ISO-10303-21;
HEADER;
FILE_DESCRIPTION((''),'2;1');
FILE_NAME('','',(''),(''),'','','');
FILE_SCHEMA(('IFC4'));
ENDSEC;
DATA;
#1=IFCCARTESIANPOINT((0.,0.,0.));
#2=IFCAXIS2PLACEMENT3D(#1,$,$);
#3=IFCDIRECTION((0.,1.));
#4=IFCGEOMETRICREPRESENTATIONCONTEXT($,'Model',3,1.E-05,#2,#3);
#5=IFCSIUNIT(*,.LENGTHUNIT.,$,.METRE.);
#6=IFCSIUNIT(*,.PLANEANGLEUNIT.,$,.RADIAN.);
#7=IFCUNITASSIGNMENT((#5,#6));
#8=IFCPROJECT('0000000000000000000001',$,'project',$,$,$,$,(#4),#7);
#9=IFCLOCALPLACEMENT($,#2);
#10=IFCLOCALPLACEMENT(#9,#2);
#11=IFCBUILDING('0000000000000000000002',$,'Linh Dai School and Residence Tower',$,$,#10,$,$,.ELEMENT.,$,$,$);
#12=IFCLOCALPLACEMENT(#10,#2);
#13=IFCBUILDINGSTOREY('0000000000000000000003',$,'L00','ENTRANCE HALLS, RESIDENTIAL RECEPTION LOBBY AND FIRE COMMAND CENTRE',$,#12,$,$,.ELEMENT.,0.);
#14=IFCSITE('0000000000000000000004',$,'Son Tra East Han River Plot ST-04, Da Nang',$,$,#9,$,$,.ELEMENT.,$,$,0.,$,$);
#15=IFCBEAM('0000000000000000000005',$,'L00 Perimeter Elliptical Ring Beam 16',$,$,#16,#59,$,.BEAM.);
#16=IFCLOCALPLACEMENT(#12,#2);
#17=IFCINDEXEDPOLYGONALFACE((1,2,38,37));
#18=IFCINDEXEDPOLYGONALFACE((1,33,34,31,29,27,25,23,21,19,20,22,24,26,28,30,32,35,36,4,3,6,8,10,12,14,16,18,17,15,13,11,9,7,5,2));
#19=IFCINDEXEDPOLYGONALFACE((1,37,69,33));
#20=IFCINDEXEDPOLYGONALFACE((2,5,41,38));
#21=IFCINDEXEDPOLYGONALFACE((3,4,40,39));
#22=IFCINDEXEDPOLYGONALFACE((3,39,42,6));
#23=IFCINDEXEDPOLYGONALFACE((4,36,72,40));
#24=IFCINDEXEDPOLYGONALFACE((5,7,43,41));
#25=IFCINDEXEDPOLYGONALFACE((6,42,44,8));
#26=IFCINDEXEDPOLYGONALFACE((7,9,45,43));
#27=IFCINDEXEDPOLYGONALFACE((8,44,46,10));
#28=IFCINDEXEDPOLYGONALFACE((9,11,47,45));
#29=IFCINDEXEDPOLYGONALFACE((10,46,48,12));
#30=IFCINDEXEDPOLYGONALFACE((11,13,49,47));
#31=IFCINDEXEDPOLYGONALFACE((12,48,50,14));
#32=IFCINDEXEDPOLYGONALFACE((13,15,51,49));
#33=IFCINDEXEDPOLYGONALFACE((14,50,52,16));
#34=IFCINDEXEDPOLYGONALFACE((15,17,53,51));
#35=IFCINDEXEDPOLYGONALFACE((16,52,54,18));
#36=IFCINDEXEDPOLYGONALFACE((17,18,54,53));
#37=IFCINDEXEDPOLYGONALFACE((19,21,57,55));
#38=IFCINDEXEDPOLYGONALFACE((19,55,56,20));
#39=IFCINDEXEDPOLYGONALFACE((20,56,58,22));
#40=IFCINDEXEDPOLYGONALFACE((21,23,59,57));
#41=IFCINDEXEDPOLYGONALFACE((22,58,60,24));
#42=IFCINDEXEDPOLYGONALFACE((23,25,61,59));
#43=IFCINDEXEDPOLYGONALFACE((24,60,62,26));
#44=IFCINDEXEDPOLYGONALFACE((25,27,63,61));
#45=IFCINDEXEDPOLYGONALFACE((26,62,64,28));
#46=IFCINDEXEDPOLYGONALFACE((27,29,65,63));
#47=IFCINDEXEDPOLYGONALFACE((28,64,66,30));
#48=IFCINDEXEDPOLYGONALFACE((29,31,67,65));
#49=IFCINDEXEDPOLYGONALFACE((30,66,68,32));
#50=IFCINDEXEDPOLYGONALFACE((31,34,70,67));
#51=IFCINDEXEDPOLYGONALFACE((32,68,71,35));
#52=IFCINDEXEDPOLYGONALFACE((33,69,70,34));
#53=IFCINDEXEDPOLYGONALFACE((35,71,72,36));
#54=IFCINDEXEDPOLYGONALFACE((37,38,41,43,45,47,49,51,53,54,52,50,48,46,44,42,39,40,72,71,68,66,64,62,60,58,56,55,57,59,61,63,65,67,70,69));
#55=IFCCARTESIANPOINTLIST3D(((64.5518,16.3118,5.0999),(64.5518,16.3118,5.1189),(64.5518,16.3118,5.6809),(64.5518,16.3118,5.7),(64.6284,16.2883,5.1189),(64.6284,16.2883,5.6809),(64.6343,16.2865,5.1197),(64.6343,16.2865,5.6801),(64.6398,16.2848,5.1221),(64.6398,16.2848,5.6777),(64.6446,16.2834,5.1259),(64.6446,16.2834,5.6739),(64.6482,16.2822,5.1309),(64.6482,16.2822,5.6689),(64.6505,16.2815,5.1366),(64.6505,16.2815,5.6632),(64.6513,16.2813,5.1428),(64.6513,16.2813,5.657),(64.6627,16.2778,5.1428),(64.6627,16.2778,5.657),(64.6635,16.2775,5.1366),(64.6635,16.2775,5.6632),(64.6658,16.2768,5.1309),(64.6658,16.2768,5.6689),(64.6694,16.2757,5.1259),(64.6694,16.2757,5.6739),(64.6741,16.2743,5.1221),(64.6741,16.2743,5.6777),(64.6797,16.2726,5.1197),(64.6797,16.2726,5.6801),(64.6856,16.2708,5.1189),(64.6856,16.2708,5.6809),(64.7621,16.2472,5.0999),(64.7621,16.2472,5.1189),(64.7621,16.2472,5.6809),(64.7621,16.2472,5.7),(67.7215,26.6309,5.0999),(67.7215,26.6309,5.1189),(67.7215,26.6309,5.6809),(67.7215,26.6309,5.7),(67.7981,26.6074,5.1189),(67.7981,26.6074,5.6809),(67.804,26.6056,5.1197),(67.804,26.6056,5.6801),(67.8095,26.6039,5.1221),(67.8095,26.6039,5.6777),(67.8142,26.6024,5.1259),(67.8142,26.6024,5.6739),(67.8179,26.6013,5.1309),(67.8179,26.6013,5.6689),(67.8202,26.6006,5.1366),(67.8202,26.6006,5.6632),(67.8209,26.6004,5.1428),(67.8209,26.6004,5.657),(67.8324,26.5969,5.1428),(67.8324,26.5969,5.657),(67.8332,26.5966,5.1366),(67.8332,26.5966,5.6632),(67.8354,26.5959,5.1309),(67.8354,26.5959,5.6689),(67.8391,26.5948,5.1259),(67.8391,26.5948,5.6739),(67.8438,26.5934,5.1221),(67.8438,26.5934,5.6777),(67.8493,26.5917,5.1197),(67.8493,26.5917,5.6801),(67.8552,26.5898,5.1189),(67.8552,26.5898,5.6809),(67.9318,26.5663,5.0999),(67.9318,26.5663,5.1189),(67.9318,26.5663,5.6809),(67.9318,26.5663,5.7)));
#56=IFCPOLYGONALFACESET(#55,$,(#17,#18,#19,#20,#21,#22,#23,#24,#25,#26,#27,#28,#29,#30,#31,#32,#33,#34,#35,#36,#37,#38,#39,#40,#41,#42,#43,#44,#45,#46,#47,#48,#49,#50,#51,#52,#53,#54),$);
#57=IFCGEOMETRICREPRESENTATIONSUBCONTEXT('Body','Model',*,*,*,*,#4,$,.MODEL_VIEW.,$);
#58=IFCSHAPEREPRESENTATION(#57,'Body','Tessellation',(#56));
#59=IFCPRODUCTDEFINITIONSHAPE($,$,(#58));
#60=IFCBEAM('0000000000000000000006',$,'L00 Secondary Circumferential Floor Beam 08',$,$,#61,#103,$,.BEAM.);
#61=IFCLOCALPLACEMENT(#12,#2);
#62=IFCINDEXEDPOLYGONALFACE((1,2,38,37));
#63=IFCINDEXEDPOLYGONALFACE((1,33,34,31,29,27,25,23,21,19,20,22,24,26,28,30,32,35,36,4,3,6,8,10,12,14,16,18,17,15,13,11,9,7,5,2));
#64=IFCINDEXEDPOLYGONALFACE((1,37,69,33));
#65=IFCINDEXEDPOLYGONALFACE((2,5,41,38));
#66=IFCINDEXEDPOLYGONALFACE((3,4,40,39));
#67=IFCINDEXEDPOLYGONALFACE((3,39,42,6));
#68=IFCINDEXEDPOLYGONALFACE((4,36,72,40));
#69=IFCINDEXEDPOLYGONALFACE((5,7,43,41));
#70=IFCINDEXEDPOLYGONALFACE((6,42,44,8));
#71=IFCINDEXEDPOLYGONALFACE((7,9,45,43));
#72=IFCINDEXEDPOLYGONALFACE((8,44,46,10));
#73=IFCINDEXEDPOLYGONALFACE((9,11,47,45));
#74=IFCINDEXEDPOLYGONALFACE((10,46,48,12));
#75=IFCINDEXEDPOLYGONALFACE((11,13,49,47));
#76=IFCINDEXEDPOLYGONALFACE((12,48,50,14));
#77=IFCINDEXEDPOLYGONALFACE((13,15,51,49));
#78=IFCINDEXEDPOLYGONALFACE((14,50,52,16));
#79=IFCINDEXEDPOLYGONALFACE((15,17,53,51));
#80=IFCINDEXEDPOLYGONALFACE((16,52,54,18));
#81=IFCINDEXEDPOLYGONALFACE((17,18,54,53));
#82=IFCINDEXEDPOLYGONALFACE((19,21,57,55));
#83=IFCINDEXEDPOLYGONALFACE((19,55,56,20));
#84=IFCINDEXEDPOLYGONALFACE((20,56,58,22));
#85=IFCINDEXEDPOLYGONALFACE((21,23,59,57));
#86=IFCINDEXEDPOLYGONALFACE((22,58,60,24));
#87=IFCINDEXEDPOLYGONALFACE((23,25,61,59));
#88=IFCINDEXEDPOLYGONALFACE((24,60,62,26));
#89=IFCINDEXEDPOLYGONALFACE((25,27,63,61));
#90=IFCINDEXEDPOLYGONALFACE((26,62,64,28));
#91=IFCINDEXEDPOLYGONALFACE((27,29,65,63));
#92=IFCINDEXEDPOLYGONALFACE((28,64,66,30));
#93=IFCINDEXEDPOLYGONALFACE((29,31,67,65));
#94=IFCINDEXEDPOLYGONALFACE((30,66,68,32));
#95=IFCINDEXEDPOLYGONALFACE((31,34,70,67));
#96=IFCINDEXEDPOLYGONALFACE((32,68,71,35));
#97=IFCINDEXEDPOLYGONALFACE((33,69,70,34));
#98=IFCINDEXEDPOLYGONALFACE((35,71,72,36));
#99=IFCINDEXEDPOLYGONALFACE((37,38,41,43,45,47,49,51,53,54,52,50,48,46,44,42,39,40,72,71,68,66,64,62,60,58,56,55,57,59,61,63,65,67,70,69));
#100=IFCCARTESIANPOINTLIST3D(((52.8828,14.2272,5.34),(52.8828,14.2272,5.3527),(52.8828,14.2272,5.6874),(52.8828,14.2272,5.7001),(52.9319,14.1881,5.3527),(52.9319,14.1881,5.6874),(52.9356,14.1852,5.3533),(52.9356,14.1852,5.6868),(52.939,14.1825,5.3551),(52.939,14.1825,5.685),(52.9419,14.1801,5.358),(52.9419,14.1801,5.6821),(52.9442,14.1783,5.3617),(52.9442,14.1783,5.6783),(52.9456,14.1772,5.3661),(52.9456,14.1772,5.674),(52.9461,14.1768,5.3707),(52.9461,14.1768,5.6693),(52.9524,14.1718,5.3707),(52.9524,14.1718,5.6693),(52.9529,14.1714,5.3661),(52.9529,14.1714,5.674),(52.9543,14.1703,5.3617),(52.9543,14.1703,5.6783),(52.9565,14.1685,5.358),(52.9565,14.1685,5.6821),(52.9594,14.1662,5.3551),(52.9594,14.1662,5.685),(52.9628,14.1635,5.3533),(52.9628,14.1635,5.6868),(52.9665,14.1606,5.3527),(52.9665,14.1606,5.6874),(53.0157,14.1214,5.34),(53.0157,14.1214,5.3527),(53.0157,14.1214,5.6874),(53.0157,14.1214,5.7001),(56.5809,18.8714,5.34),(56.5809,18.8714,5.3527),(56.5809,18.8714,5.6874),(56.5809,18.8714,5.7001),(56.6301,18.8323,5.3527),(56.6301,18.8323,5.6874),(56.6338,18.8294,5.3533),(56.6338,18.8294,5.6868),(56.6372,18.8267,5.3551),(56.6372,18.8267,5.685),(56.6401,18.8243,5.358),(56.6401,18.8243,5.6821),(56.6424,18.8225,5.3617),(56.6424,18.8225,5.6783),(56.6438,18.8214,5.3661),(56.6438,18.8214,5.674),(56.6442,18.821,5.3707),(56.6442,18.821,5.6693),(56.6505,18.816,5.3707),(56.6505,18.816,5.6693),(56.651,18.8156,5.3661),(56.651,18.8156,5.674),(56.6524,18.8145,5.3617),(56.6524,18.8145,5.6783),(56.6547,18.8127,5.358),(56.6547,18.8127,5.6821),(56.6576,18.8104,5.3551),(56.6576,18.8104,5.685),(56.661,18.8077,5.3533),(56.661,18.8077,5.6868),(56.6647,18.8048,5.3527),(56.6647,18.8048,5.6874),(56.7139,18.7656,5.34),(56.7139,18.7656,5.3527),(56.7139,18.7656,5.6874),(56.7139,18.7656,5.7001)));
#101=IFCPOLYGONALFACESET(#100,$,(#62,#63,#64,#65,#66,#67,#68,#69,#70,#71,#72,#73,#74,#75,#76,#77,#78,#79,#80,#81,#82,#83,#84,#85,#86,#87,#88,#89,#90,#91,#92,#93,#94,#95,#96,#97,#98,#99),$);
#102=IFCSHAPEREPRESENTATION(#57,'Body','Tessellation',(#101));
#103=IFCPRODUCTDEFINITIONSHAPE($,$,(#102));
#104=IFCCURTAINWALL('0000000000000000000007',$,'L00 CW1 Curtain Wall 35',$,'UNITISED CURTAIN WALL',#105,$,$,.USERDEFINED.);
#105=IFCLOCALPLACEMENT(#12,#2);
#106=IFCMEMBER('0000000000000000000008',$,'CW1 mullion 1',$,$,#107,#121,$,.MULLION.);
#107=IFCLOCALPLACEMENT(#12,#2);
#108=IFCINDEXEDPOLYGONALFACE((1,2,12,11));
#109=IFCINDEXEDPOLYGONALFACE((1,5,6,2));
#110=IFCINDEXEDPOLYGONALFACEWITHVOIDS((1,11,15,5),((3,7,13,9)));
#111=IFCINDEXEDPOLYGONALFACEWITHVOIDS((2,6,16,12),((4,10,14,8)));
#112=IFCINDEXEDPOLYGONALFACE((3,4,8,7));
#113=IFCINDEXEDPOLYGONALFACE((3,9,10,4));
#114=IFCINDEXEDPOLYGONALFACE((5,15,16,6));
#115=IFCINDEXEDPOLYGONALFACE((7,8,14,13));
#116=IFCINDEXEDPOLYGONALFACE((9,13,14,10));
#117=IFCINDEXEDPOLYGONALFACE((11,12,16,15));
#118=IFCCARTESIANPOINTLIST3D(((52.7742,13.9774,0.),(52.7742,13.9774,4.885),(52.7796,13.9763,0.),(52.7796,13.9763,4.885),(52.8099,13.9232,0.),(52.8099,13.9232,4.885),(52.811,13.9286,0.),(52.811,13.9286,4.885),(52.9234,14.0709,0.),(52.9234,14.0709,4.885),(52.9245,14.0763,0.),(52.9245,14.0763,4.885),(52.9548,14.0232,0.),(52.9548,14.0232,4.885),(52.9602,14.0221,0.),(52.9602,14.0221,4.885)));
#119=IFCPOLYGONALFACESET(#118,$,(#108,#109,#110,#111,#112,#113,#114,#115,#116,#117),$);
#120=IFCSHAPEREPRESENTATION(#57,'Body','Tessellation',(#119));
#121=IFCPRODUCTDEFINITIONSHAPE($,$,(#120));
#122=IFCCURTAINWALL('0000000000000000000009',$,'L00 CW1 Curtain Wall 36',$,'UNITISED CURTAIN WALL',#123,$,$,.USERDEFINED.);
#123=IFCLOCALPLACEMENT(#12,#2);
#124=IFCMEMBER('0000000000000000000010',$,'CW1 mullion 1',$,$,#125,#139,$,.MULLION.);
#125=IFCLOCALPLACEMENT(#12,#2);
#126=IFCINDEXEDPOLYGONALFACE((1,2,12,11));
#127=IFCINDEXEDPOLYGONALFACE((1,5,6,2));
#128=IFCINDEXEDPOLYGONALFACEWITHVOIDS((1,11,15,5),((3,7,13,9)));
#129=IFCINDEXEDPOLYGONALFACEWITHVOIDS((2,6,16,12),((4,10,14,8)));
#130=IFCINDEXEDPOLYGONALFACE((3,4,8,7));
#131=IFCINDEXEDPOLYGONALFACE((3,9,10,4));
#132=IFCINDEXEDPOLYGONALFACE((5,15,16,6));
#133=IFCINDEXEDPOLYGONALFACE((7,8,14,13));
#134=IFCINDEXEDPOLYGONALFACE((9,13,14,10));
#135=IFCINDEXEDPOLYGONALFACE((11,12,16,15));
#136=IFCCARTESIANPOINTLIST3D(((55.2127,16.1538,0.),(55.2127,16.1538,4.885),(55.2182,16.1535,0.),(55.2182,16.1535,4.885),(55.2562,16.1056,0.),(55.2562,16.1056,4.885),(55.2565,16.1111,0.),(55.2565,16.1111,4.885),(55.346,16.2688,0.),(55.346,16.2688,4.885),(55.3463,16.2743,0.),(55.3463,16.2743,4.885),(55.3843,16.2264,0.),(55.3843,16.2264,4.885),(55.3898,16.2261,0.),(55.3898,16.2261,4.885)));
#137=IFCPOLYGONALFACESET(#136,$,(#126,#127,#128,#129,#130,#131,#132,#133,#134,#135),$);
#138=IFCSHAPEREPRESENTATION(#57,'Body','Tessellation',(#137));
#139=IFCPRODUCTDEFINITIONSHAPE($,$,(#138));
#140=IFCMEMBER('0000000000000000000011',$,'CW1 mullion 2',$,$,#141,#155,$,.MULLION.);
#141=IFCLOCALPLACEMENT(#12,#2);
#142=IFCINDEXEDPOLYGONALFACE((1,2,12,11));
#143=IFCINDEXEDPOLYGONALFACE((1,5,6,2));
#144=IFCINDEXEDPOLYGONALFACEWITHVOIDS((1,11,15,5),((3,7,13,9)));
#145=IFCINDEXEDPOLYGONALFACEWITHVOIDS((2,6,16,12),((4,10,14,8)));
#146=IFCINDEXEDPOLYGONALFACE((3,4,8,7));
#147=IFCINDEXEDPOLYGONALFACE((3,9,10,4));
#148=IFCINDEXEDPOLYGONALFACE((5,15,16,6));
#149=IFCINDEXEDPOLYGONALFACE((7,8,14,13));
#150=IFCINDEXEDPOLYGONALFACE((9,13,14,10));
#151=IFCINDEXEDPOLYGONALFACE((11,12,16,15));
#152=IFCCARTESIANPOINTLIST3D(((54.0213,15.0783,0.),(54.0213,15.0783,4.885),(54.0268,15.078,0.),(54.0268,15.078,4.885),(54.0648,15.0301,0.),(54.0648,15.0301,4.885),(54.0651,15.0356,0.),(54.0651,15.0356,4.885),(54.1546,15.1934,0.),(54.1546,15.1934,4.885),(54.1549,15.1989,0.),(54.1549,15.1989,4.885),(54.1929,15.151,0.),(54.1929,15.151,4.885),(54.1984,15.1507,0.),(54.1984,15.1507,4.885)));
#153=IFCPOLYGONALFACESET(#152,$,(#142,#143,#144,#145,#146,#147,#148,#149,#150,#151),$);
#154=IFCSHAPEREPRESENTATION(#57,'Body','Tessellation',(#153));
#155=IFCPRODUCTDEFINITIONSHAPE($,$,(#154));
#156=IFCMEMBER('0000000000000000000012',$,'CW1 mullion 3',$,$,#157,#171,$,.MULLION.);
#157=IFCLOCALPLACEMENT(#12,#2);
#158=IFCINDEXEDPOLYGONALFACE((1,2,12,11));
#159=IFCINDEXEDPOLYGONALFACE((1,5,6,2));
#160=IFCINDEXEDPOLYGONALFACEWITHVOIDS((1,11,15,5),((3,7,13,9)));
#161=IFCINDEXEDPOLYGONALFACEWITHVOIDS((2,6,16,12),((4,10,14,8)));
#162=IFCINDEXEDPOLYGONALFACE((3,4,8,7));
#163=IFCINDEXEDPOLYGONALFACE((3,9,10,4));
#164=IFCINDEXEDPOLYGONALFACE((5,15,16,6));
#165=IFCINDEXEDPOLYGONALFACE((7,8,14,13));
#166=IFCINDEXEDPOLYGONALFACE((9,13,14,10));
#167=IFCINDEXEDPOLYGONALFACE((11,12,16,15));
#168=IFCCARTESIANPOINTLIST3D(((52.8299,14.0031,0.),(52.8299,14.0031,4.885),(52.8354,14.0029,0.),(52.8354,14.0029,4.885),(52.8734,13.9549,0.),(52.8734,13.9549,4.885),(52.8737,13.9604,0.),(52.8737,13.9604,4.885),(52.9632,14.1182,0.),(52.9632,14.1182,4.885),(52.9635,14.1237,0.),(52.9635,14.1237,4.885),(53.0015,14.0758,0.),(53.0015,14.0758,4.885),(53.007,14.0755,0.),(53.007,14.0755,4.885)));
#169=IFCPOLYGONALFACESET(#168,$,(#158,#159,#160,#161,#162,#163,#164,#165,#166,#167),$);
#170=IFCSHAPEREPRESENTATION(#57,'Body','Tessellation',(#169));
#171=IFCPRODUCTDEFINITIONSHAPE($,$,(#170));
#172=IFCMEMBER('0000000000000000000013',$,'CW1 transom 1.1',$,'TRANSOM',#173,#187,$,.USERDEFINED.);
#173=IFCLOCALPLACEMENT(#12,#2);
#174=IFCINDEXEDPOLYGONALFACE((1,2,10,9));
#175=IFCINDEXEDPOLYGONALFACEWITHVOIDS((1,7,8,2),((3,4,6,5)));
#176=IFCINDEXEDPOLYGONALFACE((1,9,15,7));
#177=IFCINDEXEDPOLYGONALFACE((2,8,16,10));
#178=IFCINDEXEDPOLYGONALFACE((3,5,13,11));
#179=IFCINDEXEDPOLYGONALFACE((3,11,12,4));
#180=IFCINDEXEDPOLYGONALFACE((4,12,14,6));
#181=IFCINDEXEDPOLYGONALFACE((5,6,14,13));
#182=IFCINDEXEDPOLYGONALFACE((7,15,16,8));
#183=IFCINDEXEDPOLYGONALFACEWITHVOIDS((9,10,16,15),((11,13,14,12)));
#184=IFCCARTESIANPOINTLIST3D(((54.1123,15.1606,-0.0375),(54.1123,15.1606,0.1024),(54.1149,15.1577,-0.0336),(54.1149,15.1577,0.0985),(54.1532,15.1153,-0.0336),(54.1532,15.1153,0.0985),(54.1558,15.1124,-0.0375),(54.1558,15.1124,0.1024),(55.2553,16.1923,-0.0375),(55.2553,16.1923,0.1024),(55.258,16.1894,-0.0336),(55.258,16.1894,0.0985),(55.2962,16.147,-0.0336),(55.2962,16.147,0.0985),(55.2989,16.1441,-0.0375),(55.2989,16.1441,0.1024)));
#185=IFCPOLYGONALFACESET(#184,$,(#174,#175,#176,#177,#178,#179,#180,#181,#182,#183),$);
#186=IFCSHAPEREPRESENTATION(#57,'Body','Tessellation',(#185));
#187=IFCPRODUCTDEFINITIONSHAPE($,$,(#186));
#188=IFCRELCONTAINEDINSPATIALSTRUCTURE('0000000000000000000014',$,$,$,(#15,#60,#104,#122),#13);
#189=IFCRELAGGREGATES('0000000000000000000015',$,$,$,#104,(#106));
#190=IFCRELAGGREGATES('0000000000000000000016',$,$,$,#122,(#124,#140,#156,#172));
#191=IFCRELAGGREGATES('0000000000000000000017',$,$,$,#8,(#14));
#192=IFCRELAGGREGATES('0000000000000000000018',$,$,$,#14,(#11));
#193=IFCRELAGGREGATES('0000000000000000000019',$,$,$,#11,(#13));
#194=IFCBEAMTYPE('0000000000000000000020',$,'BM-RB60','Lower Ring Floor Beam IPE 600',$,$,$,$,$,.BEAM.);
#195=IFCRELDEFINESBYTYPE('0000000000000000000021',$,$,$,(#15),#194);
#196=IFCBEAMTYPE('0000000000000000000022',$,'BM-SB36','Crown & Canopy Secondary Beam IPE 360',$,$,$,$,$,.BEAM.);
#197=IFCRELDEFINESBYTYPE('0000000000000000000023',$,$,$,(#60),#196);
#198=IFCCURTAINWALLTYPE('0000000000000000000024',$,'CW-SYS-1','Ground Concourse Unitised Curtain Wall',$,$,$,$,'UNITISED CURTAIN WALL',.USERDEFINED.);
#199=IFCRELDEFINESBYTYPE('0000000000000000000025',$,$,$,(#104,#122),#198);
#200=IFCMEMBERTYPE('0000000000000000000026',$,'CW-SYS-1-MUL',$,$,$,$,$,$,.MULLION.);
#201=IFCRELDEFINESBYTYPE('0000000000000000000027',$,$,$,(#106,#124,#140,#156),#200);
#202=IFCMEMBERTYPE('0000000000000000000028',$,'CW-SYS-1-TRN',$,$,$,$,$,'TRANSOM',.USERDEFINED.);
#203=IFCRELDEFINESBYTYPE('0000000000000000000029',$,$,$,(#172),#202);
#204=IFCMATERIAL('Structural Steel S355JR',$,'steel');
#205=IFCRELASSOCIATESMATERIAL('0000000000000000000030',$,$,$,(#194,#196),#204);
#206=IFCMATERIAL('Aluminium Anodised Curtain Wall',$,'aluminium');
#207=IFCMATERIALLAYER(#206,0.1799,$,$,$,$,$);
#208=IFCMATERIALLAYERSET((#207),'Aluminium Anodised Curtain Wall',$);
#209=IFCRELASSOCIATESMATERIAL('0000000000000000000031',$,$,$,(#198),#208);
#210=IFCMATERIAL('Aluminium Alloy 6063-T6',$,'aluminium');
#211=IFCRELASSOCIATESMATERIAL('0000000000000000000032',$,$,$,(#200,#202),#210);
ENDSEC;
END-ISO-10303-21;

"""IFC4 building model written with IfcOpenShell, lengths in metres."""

from ifc_helpers import new_model, si_unit, direction, frame, origin, origin_2d, place, context, subcontext, project, spatial, hollow_rectangle, i_section, extrude, source, transform, mapped, material, layer, layer_set, material_profile, profile_set, type_object, element, aggregate, save


model = new_model("IFC4")

# Units and contexts
model_context = context("Model", 3, precision=1e-05, world=origin(), true_north=direction((0.0, 1.0)))
body_context = subcontext(model_context, "Body", "Model", "MODEL_VIEW")
ifc_project = project(units=[si_unit("LENGTHUNIT", "METRE"), si_unit("PLANEANGLEUNIT", "RADIAN")], contexts=[model_context])

# Site, building, storey
site_placement = place(None, origin())
site = spatial("IfcSite", under=ifc_project, at=site_placement, Name="Son Tra East Han River Plot ST-04, Da Nang", CompositionType="ELEMENT", RefElevation=0.0)
building_placement = place(site_placement, origin())
building = spatial("IfcBuilding", under=site, at=building_placement, Name="Linh Dai School and Residence Tower", CompositionType="ELEMENT")
storey_placement = place(building_placement, origin())
storey = spatial("IfcBuildingStorey", under=building, at=storey_placement, Name="L00", Description="ENTRANCE HALLS, RESIDENTIAL RECEPTION LOBBY AND FIRE COMMAND CENTRE", CompositionType="ELEMENT", Elevation=0.0)

# Shared definitions
ifc_material_1 = material(Name="Structural Steel S355JR", Category="steel")

# Beams
ifc_material_profile_1 = material_profile(ifc_material_1, i_section(OverallWidth=0.22, OverallDepth=0.6001, WebThickness=0.012, FlangeThickness=0.019, FilletRadius=0.0239, at=origin_2d()), Name="IPE 600")
ifc_profile_set_1 = profile_set([ifc_material_profile_1], Name="Structural Steel S355JR")
beam_type_1 = type_object("IfcBeamType", Name="BM-RB60", Description="Lower Ring Floor Beam IPE 600", PredefinedType="BEAM", material=ifc_profile_set_1)
beam_1_placement = place(storey_placement, frame((64.657, 16.2795, 5.3999), z_axis=(0.293627, 0.95592, 0.0), x_axis=(-0.95592, 0.293627, 0.0)))
element("IfcBeam", 1, at=beam_1_placement, inside=storey, type_object=beam_type_1, Name="L00 Perimeter Elliptical Ring Beam 16", PredefinedType="BEAM", context=body_context, shape_type="SweptSolid", body=[
    extrude(i_section(OverallWidth=0.22, OverallDepth=0.6001, WebThickness=0.012, FlangeThickness=0.019, FilletRadius=0.0239, at=origin_2d()), origin(), (0.0, 0.0, 1.0), 10.7949),
])
ifc_material_profile_2 = material_profile(ifc_material_1, i_section(OverallWidth=0.1699, OverallDepth=0.3601, WebThickness=0.0081, FlangeThickness=0.0127, FilletRadius=0.0181, at=origin_2d()), Name="IPE 360")
ifc_profile_set_2 = profile_set([ifc_material_profile_2], Name="Structural Steel S355JR")
beam_type_2 = type_object("IfcBeamType", Name="BM-SB36", Description="Crown & Canopy Secondary Beam IPE 360", PredefinedType="BEAM", material=ifc_profile_set_2)
beam_2_placement = place(storey_placement, frame((52.9492, 14.1743, 5.52), z_axis=(0.622928, 0.782279, 0.0), x_axis=(-0.782279, 0.622928, 0.0)))
element("IfcBeam", 2, at=beam_2_placement, inside=storey, type_object=beam_type_2, Name="L00 Secondary Circumferential Floor Beam 08", PredefinedType="BEAM", context=body_context, shape_type="SweptSolid", body=[
    extrude(i_section(OverallWidth=0.1699, OverallDepth=0.3601, WebThickness=0.0081, FlangeThickness=0.0127, FilletRadius=0.0181, at=origin_2d()), origin(), (0.0, 0.0, 1.0), 5.9368),
])

# Curtain wall, member
ifc_material_2 = material(Name="Aluminium Anodised Curtain Wall", Category="aluminium")
ifc_layer_1 = layer(ifc_material_2, 0.1799)
ifc_layer_set_1 = layer_set([ifc_layer_1], Name="Aluminium Anodised Curtain Wall")
curtain_wall_type = type_object("IfcCurtainWallType", Name="CW-SYS-1", Description="Ground Concourse Unitised Curtain Wall", ElementType="UNITISED CURTAIN WALL", PredefinedType="USERDEFINED", material=ifc_layer_set_1)
curtain_wall_1_placement = place(storey_placement, origin())
curtain_wall_1 = element("IfcCurtainWall", 3, at=curtain_wall_1_placement, inside=storey, type_object=curtain_wall_type, Name="L00 CW1 Curtain Wall 35", ObjectType="UNITISED CURTAIN WALL", PredefinedType="USERDEFINED")
ifc_material_3 = material(Name="Aluminium Alloy 6063-T6", Category="aluminium")
ifc_material_profile_3 = material_profile(ifc_material_3, hollow_rectangle(XDim=0.0649, YDim=0.1799, WallThickness=0.0039, at=origin_2d()), Name="RHS 180x65x4")
ifc_profile_set_3 = profile_set([ifc_material_profile_3], Name="Aluminium Alloy 6063-T6")
member_type_1 = type_object("IfcMemberType", Name="CW-SYS-1-MUL", PredefinedType="MULLION", material=ifc_profile_set_3)
shared_shape_1 = source(origin(), body_context, "Body", "SweptSolid", [
    extrude(hollow_rectangle(XDim=0.0649, YDim=0.1799, WallThickness=0.0039, at=origin_2d()), origin(), (0.0, 0.0, 1.0), 4.885),
])
member_1_placement = place(storey_placement, frame((52.8672, 13.9998, 0.0), z_axis=(0.0, 0.0, 1.0), x_axis=(0.549878, -0.835245, 0.0)))
member_1 = element("IfcMember", 4, at=member_1_placement, type_object=member_type_1, Name="CW1 mullion 1", PredefinedType="MULLION", context=body_context, shape_type="MappedRepresentation", body=[
    mapped(shared_shape_1, transform((0.0, 0.0, 0.0), x_axis=(1.0, 0.0, 0.0), y_axis=(0.0, 1.0, 0.0), z_axis=(0.0, 0.0, 1.0), scale=1.0)),
])

# Curtain wall, members
curtain_wall_2_placement = place(storey_placement, origin())
curtain_wall_2 = element("IfcCurtainWall", 5, at=curtain_wall_2_placement, inside=storey, type_object=curtain_wall_type, Name="L00 CW1 Curtain Wall 36", ObjectType="UNITISED CURTAIN WALL", PredefinedType="USERDEFINED")
member_2_placement = place(storey_placement, frame((55.3013, 16.1899, 0.0), z_axis=(0.0, 0.0, 1.0), x_axis=(0.669993, -0.742367, 0.0)))
member_2 = element("IfcMember", 6, at=member_2_placement, type_object=member_type_1, Name="CW1 mullion 1", PredefinedType="MULLION", context=body_context, shape_type="MappedRepresentation", body=[
    mapped(shared_shape_1, transform((0.0, 0.0, 0.0), x_axis=(1.0, 0.0, 0.0), y_axis=(0.0, 1.0, 0.0), z_axis=(0.0, 0.0, 1.0), scale=1.0)),
])
member_3_placement = place(storey_placement, frame((54.1099, 15.1145, 0.0), z_axis=(0.0, 0.0, 1.0), x_axis=(0.669993, -0.742367, 0.0)))
member_3 = element("IfcMember", 7, at=member_3_placement, type_object=member_type_1, Name="CW1 mullion 2", PredefinedType="MULLION", context=body_context, shape_type="MappedRepresentation", body=[
    mapped(shared_shape_1, transform((0.0, 0.0, 0.0), x_axis=(1.0, 0.0, 0.0), y_axis=(0.0, 1.0, 0.0), z_axis=(0.0, 0.0, 1.0), scale=1.0)),
])
member_4_placement = place(storey_placement, frame((52.9185, 14.0393, 0.0), z_axis=(0.0, 0.0, 1.0), x_axis=(0.669993, -0.742367, 0.0)))
member_4 = element("IfcMember", 8, at=member_4_placement, type_object=member_type_1, Name="CW1 mullion 3", PredefinedType="MULLION", context=body_context, shape_type="MappedRepresentation", body=[
    mapped(shared_shape_1, transform((0.0, 0.0, 0.0), x_axis=(1.0, 0.0, 0.0), y_axis=(0.0, 1.0, 0.0), z_axis=(0.0, 0.0, 1.0), scale=1.0)),
])
ifc_material_profile_4 = material_profile(ifc_material_3, hollow_rectangle(XDim=0.0649, YDim=0.1399, WallThickness=0.0039, at=origin_2d()), Name="RHS 140x65x4")
ifc_profile_set_4 = profile_set([ifc_material_profile_4], Name="Aluminium Alloy 6063-T6")
member_type_2 = type_object("IfcMemberType", Name="CW-SYS-1-TRN", ElementType="TRANSOM", PredefinedType="USERDEFINED", material=ifc_profile_set_4)
shared_shape_2 = source(origin(), body_context, "Body", "SweptSolid", [
    extrude(hollow_rectangle(XDim=0.0649, YDim=0.1399, WallThickness=0.0039, at=origin_2d()), origin(), (0.0, 0.0, 1.0), 1.5398),
])
member_5_placement = place(storey_placement, frame((55.2771, 16.1682, 0.0325), z_axis=(-0.742332, -0.670033, 0.0), x_axis=(0.670033, -0.742332, 0.0)))
member_5 = element("IfcMember", 9, at=member_5_placement, type_object=member_type_2, Name="CW1 transom 1.1", ObjectType="TRANSOM", PredefinedType="USERDEFINED", context=body_context, shape_type="MappedRepresentation", body=[
    mapped(shared_shape_2, transform((0.0, 0.0, 0.0), x_axis=(1.0, 0.0, 0.0), y_axis=(0.0, 1.0, 0.0), z_axis=(0.0, 0.0, 1.0), scale=1.0)),
])

aggregate(curtain_wall_1, [member_1])

aggregate(curtain_wall_2, [member_2, member_3, member_4, member_5])

save(model, "model.ifc")
